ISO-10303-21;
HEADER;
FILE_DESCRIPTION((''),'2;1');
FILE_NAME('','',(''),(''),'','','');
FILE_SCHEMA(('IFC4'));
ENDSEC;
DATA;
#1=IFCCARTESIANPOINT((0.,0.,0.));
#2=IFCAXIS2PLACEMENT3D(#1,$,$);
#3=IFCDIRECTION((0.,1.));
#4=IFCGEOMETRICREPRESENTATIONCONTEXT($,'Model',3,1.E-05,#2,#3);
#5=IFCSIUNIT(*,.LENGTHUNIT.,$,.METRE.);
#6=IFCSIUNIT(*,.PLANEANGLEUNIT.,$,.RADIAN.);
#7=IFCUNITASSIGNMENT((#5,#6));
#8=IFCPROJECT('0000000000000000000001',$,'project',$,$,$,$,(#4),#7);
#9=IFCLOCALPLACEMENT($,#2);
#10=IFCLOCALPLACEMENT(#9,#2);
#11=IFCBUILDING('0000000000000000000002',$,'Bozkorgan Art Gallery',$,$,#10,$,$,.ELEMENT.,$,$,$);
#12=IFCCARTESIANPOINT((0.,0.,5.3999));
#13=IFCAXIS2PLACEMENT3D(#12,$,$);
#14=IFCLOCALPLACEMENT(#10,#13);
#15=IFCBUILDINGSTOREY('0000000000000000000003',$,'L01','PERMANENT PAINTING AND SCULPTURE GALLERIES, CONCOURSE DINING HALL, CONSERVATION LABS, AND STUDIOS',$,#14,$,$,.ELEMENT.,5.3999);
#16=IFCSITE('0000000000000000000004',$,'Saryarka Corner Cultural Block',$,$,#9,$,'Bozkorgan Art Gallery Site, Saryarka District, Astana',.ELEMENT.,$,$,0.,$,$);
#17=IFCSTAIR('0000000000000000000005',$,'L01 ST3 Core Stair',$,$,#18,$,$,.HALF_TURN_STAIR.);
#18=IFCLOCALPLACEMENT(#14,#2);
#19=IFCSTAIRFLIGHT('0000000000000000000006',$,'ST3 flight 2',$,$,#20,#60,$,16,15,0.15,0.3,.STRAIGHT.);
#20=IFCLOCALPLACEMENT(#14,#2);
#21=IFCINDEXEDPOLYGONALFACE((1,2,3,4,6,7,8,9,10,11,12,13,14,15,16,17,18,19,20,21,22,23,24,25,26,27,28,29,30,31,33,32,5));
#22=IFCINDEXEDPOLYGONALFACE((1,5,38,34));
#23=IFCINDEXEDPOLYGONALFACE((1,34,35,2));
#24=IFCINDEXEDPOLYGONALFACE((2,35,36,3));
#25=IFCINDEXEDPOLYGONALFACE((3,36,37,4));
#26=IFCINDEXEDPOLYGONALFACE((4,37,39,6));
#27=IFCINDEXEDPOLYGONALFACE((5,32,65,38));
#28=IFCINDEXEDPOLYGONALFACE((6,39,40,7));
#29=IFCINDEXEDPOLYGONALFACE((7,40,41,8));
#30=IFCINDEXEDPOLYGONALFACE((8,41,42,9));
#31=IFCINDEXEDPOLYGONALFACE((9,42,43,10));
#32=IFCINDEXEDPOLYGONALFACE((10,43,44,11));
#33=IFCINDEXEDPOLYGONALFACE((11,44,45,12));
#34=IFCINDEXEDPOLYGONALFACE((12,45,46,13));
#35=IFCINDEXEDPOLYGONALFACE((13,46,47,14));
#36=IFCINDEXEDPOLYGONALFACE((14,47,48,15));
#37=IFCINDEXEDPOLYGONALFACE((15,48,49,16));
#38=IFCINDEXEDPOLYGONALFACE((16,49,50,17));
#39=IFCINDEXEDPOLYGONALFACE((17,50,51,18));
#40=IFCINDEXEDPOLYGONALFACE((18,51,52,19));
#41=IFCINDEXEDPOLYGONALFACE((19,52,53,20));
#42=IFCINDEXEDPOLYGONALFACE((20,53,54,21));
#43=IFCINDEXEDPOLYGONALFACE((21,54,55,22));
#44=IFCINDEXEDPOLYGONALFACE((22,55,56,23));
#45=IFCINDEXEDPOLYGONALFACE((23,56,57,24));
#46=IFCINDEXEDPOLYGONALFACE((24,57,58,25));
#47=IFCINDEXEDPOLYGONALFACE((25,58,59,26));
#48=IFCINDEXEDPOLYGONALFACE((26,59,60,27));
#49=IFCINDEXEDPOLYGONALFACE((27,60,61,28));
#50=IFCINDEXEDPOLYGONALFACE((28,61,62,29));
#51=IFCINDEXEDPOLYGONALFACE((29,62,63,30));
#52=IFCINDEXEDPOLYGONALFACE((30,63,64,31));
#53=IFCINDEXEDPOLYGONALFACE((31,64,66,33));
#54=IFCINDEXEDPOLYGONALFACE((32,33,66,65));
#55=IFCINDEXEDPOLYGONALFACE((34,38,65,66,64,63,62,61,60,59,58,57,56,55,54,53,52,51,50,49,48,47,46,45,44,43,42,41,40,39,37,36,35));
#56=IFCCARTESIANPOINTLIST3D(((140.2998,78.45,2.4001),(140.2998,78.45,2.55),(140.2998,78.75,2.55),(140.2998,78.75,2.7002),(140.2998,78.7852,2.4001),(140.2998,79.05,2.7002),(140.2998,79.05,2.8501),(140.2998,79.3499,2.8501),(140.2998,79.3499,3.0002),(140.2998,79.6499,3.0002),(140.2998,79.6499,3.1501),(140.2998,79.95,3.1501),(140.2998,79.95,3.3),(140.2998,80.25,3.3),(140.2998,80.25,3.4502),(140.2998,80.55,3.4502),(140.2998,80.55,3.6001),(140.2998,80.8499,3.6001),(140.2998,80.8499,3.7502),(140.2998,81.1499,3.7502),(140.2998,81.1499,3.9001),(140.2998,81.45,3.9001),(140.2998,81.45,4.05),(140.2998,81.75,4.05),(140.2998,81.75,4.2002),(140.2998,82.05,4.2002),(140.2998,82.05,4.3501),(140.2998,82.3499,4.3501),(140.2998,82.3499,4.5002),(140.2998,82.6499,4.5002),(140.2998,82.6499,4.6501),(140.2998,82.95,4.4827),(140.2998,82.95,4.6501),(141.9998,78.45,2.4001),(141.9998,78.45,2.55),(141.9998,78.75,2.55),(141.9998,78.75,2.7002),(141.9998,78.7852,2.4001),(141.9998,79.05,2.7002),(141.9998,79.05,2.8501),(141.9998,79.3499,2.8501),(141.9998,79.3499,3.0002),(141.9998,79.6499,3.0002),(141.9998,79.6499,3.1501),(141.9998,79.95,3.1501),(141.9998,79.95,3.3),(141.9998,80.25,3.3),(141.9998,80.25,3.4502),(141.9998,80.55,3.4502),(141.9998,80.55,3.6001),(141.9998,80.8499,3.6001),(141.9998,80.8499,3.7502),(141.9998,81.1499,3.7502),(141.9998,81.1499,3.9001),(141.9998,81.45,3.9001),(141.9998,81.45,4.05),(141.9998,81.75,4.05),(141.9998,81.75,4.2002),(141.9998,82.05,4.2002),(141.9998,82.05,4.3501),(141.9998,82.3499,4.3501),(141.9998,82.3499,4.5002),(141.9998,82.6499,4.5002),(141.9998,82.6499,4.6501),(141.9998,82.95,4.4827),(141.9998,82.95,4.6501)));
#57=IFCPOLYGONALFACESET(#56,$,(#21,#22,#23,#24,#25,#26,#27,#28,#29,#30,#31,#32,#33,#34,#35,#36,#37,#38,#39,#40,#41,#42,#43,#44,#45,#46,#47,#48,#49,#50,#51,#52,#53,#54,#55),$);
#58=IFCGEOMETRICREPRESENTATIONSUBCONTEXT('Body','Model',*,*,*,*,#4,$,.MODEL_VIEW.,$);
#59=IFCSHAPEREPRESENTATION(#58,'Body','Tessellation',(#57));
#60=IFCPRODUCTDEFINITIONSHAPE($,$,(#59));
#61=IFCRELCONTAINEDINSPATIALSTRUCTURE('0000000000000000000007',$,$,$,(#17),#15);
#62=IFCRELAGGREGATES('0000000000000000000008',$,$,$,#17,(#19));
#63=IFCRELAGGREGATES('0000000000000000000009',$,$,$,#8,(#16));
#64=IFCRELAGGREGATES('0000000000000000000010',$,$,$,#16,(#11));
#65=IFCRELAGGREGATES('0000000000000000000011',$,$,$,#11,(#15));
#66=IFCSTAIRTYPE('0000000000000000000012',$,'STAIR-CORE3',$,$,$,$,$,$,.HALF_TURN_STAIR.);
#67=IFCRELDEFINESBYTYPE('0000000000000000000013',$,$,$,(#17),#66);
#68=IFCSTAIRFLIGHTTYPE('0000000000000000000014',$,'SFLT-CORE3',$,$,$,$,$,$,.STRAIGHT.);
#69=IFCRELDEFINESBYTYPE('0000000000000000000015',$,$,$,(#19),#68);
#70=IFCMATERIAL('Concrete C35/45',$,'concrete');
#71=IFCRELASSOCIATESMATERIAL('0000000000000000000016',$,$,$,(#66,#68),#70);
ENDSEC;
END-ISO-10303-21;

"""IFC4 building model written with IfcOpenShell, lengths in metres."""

from ifc_helpers import new_model, si_unit, direction, frame, origin, place, context, subcontext, project, spatial, polyline, outline, extrude, material, type_object, element, aggregate, save


model = new_model("IFC4")

# Units and contexts
model_context = context("Model", 3, precision=1e-05, world=origin(), true_north=direction((0.0, 1.0)))
body_context = subcontext(model_context, "Body", "Model", "MODEL_VIEW")
ifc_project = project(units=[si_unit("LENGTHUNIT", "METRE"), si_unit("PLANEANGLEUNIT", "RADIAN")], contexts=[model_context])

# Site, building, storey
site_placement = place(None, origin())
site = spatial("IfcSite", under=ifc_project, at=site_placement, Name="Saryarka Corner Cultural Block", LongName="Bozkorgan Art Gallery Site, Saryarka District, Astana", CompositionType="ELEMENT", RefElevation=0.0)
building_placement = place(site_placement, origin())
building = spatial("IfcBuilding", under=site, at=building_placement, Name="Bozkorgan Art Gallery", CompositionType="ELEMENT")
storey_placement = place(building_placement, frame((0.0, 0.0, 5.3999)))
storey = spatial("IfcBuildingStorey", under=building, at=storey_placement, Name="L01", Description="PERMANENT PAINTING AND SCULPTURE GALLERIES, CONCOURSE DINING HALL, CONSERVATION LABS, AND STUDIOS", CompositionType="ELEMENT", Elevation=5.3999)

# Stair, stair flight
ifc_material_1 = material(Name="Concrete C35/45", Category="concrete")
stair_type = type_object("IfcStairType", Name="STAIR-CORE3", PredefinedType="HALF_TURN_STAIR", material=ifc_material_1)
stair_placement = place(storey_placement, origin())
stair = element("IfcStair", 1, at=stair_placement, inside=storey, type_object=stair_type, Name="L01 ST3 Core Stair", PredefinedType="HALF_TURN_STAIR")
stair_flight_type = type_object("IfcStairFlightType", Name="SFLT-CORE3", PredefinedType="STRAIGHT", material=ifc_material_1)
stair_flight_1_placement = place(storey_placement, frame((141.1499, 78.45, 2.4001), z_axis=(0.0, 0.0, 1.0), x_axis=(0.0, 1.0, 0.0)))
stair_flight_1 = element("IfcStairFlight", 2, at=stair_flight_1_placement, type_object=stair_flight_type, Name="ST3 flight 2", NumberOfRisers=16, NumberOfTreads=15, PredefinedType="STRAIGHT", RiserHeight=0.15, TreadLength=0.3, context=body_context, shape_type="SweptSolid", body=[
    extrude(outline(polyline([(0.0, 0.0), (0.0, 0.1499), (0.3, 0.1499), (0.3, 0.3), (0.6001, 0.3), (0.6001, 0.45), (0.8999, 0.45), (0.8999, 0.6001), (1.2, 0.6001), (1.2, 0.75), (1.5, 0.75), (1.5, 0.8999), (1.8, 0.8999), (1.8, 1.05), (2.1001, 1.05), (2.1001, 1.2), (2.3999, 1.2), (2.3999, 1.3501), (2.7, 1.3501), (2.7, 1.5), (3.0, 1.5), (3.0, 1.6499), (3.3, 1.6499), (3.3, 1.8), (3.6001, 1.8), (3.6001, 1.95), (3.8999, 1.95), (3.8999, 2.1001), (4.2, 2.1001), (4.2, 2.25), (4.5, 2.25), (4.5, 2.3999), (4.5, 2.0825), (0.3352, 0.0), (0.0, 0.0)])), frame((0.0, 0.8501, 0.0), z_axis=(0.0, -1.0, 0.0), x_axis=(1.0, 0.0, 0.0)), (0.0, 0.0, 1.0), 1.7),
])
aggregate(stair, [stair_flight_1])

save(model, "model.ifc")
